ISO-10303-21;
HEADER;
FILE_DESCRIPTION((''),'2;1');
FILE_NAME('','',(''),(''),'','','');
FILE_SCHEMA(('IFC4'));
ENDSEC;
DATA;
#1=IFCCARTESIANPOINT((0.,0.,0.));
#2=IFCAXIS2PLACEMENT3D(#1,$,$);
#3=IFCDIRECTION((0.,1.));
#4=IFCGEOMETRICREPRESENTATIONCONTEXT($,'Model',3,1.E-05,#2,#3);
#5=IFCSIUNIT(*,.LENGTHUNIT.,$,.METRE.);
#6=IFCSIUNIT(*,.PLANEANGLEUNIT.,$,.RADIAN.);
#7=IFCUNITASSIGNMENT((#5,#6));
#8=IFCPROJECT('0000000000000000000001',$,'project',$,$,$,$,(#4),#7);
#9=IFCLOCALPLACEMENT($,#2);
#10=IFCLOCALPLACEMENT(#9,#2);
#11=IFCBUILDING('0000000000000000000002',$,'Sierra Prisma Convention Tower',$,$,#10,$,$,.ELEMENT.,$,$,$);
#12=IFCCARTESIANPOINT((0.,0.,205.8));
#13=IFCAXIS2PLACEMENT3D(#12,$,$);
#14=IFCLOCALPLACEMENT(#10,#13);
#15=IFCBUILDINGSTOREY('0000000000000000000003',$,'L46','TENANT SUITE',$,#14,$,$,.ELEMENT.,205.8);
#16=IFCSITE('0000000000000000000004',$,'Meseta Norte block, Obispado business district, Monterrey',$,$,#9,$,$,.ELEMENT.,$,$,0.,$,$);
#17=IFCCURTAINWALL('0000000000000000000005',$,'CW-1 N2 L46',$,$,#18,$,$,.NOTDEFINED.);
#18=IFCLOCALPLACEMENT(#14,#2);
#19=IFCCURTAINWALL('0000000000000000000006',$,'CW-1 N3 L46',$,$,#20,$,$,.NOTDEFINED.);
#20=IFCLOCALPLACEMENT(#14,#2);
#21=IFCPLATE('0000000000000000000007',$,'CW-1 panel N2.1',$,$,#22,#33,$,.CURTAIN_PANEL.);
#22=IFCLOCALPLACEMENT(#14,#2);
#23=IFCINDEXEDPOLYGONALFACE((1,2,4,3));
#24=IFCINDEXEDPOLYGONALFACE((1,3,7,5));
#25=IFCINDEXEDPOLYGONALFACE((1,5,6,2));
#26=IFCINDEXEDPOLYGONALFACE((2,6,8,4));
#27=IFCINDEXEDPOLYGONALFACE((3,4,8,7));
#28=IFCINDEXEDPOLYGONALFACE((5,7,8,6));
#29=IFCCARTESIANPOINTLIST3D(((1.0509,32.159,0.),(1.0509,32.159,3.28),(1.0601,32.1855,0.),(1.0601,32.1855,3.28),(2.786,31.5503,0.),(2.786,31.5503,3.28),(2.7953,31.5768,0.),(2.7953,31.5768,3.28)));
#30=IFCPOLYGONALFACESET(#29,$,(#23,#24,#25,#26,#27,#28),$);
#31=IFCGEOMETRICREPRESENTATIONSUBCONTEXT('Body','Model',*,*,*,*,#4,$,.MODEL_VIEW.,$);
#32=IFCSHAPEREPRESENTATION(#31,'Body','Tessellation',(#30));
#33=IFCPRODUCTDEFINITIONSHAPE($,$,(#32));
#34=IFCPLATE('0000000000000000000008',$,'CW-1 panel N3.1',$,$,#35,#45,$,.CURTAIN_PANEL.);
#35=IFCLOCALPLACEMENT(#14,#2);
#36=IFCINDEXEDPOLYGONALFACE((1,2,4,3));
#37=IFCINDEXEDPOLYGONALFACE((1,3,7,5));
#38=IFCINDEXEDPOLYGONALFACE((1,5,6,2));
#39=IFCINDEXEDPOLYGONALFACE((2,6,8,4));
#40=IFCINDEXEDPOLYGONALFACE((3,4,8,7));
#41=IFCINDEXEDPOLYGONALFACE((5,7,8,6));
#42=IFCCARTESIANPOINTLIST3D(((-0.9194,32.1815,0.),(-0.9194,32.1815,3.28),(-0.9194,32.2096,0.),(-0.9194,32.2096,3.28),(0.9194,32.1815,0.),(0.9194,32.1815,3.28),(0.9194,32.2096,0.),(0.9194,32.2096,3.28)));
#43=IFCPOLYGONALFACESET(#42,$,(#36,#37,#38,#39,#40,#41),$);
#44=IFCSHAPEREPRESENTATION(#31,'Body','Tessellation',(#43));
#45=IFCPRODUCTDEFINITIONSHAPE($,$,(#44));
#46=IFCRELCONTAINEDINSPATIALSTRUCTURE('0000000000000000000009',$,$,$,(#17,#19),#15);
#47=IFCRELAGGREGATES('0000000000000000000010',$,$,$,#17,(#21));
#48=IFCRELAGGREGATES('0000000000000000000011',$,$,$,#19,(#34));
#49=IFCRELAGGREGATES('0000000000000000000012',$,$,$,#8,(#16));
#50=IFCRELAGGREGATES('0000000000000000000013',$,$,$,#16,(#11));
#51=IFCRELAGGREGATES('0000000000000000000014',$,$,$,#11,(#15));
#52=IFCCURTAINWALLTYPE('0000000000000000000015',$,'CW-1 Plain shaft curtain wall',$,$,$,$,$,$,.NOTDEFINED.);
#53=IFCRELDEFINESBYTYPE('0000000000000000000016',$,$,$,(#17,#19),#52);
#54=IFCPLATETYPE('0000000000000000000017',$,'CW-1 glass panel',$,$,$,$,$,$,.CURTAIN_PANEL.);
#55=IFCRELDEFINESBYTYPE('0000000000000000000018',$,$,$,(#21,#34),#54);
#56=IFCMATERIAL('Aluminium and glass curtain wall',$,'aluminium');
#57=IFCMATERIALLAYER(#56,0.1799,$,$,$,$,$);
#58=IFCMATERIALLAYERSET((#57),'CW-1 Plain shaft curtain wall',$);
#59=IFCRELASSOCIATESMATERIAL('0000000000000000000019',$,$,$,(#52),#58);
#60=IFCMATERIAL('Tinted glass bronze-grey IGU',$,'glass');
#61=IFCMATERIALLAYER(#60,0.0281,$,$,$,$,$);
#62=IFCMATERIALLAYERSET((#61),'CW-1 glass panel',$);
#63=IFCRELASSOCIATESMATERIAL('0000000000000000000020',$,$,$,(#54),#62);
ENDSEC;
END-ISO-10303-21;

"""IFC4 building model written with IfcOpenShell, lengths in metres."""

from ifc_helpers import new_model, si_unit, direction, frame, origin, origin_2d, place, context, subcontext, project, spatial, rectangle, extrude, material, layer, layer_set, type_object, element, aggregate, save


model = new_model("IFC4")

# Units and contexts
model_context = context("Model", 3, precision=1e-05, world=origin(), true_north=direction((0.0, 1.0)))
body_context = subcontext(model_context, "Body", "Model", "MODEL_VIEW")
ifc_project = project(units=[si_unit("LENGTHUNIT", "METRE"), si_unit("PLANEANGLEUNIT", "RADIAN")], contexts=[model_context])

# Site, building, storey
site_placement = place(None, origin())
site = spatial("IfcSite", under=ifc_project, at=site_placement, Name="Meseta Norte block, Obispado business district, Monterrey", CompositionType="ELEMENT", RefElevation=0.0)
building_placement = place(site_placement, origin())
building = spatial("IfcBuilding", under=site, at=building_placement, Name="Sierra Prisma Convention Tower", CompositionType="ELEMENT")
storey_placement = place(building_placement, frame((0.0, 0.0, 205.8)))
storey = spatial("IfcBuildingStorey", under=building, at=storey_placement, Name="L46", Description="TENANT SUITE", CompositionType="ELEMENT", Elevation=205.8)

# Curtain walls
ifc_material_1 = material(Name="Aluminium and glass curtain wall", Category="aluminium")
ifc_layer_1 = layer(ifc_material_1, 0.1799)
ifc_layer_set_1 = layer_set([ifc_layer_1], Name="CW-1 Plain shaft curtain wall")
curtain_wall_type = type_object("IfcCurtainWallType", Name="CW-1 Plain shaft curtain wall", PredefinedType="NOTDEFINED", material=ifc_layer_set_1)
curtain_wall_1_placement = place(storey_placement, origin())
curtain_wall_1 = element("IfcCurtainWall", 1, at=curtain_wall_1_placement, inside=storey, type_object=curtain_wall_type, Name="CW-1 N2 L46", PredefinedType="NOTDEFINED")
curtain_wall_2_placement = place(storey_placement, origin())
curtain_wall_2 = element("IfcCurtainWall", 2, at=curtain_wall_2_placement, inside=storey, type_object=curtain_wall_type, Name="CW-1 N3 L46", PredefinedType="NOTDEFINED")

# Plates
ifc_material_2 = material(Name="Tinted glass bronze-grey IGU", Category="glass")
ifc_layer_2 = layer(ifc_material_2, 0.0281)
ifc_layer_set_2 = layer_set([ifc_layer_2], Name="CW-1 glass panel")
plate_type = type_object("IfcPlateType", Name="CW-1 glass panel", PredefinedType="CURTAIN_PANEL", material=ifc_layer_set_2)
plate_1_placement = place(storey_placement, frame((1.9231, 31.8679, 0.0), z_axis=(0.0, 0.0, 1.0), x_axis=(-0.943618, 0.331035, 0.0)))
plate_1 = element("IfcPlate", 3, at=plate_1_placement, type_object=plate_type, Name="CW-1 panel N2.1", PredefinedType="CURTAIN_PANEL", context=body_context, shape_type="SweptSolid", body=[
    extrude(rectangle(XDim=1.8389, YDim=0.0281, at=origin_2d()), origin(), (0.0, 0.0, 1.0), 3.28),
])
aggregate(curtain_wall_1, [plate_1])
plate_2_placement = place(storey_placement, frame((0.0, 32.1956, 0.0), z_axis=(0.0, 0.0, 1.0), x_axis=(-1.0, 0.0, 0.0)))
plate_2 = element("IfcPlate", 4, at=plate_2_placement, type_object=plate_type, Name="CW-1 panel N3.1", PredefinedType="CURTAIN_PANEL", context=body_context, shape_type="SweptSolid", body=[
    extrude(rectangle(XDim=1.8389, YDim=0.0281, at=origin_2d()), origin(), (0.0, 0.0, 1.0), 3.28),
])
aggregate(curtain_wall_2, [plate_2])

save(model, "model.ifc")
